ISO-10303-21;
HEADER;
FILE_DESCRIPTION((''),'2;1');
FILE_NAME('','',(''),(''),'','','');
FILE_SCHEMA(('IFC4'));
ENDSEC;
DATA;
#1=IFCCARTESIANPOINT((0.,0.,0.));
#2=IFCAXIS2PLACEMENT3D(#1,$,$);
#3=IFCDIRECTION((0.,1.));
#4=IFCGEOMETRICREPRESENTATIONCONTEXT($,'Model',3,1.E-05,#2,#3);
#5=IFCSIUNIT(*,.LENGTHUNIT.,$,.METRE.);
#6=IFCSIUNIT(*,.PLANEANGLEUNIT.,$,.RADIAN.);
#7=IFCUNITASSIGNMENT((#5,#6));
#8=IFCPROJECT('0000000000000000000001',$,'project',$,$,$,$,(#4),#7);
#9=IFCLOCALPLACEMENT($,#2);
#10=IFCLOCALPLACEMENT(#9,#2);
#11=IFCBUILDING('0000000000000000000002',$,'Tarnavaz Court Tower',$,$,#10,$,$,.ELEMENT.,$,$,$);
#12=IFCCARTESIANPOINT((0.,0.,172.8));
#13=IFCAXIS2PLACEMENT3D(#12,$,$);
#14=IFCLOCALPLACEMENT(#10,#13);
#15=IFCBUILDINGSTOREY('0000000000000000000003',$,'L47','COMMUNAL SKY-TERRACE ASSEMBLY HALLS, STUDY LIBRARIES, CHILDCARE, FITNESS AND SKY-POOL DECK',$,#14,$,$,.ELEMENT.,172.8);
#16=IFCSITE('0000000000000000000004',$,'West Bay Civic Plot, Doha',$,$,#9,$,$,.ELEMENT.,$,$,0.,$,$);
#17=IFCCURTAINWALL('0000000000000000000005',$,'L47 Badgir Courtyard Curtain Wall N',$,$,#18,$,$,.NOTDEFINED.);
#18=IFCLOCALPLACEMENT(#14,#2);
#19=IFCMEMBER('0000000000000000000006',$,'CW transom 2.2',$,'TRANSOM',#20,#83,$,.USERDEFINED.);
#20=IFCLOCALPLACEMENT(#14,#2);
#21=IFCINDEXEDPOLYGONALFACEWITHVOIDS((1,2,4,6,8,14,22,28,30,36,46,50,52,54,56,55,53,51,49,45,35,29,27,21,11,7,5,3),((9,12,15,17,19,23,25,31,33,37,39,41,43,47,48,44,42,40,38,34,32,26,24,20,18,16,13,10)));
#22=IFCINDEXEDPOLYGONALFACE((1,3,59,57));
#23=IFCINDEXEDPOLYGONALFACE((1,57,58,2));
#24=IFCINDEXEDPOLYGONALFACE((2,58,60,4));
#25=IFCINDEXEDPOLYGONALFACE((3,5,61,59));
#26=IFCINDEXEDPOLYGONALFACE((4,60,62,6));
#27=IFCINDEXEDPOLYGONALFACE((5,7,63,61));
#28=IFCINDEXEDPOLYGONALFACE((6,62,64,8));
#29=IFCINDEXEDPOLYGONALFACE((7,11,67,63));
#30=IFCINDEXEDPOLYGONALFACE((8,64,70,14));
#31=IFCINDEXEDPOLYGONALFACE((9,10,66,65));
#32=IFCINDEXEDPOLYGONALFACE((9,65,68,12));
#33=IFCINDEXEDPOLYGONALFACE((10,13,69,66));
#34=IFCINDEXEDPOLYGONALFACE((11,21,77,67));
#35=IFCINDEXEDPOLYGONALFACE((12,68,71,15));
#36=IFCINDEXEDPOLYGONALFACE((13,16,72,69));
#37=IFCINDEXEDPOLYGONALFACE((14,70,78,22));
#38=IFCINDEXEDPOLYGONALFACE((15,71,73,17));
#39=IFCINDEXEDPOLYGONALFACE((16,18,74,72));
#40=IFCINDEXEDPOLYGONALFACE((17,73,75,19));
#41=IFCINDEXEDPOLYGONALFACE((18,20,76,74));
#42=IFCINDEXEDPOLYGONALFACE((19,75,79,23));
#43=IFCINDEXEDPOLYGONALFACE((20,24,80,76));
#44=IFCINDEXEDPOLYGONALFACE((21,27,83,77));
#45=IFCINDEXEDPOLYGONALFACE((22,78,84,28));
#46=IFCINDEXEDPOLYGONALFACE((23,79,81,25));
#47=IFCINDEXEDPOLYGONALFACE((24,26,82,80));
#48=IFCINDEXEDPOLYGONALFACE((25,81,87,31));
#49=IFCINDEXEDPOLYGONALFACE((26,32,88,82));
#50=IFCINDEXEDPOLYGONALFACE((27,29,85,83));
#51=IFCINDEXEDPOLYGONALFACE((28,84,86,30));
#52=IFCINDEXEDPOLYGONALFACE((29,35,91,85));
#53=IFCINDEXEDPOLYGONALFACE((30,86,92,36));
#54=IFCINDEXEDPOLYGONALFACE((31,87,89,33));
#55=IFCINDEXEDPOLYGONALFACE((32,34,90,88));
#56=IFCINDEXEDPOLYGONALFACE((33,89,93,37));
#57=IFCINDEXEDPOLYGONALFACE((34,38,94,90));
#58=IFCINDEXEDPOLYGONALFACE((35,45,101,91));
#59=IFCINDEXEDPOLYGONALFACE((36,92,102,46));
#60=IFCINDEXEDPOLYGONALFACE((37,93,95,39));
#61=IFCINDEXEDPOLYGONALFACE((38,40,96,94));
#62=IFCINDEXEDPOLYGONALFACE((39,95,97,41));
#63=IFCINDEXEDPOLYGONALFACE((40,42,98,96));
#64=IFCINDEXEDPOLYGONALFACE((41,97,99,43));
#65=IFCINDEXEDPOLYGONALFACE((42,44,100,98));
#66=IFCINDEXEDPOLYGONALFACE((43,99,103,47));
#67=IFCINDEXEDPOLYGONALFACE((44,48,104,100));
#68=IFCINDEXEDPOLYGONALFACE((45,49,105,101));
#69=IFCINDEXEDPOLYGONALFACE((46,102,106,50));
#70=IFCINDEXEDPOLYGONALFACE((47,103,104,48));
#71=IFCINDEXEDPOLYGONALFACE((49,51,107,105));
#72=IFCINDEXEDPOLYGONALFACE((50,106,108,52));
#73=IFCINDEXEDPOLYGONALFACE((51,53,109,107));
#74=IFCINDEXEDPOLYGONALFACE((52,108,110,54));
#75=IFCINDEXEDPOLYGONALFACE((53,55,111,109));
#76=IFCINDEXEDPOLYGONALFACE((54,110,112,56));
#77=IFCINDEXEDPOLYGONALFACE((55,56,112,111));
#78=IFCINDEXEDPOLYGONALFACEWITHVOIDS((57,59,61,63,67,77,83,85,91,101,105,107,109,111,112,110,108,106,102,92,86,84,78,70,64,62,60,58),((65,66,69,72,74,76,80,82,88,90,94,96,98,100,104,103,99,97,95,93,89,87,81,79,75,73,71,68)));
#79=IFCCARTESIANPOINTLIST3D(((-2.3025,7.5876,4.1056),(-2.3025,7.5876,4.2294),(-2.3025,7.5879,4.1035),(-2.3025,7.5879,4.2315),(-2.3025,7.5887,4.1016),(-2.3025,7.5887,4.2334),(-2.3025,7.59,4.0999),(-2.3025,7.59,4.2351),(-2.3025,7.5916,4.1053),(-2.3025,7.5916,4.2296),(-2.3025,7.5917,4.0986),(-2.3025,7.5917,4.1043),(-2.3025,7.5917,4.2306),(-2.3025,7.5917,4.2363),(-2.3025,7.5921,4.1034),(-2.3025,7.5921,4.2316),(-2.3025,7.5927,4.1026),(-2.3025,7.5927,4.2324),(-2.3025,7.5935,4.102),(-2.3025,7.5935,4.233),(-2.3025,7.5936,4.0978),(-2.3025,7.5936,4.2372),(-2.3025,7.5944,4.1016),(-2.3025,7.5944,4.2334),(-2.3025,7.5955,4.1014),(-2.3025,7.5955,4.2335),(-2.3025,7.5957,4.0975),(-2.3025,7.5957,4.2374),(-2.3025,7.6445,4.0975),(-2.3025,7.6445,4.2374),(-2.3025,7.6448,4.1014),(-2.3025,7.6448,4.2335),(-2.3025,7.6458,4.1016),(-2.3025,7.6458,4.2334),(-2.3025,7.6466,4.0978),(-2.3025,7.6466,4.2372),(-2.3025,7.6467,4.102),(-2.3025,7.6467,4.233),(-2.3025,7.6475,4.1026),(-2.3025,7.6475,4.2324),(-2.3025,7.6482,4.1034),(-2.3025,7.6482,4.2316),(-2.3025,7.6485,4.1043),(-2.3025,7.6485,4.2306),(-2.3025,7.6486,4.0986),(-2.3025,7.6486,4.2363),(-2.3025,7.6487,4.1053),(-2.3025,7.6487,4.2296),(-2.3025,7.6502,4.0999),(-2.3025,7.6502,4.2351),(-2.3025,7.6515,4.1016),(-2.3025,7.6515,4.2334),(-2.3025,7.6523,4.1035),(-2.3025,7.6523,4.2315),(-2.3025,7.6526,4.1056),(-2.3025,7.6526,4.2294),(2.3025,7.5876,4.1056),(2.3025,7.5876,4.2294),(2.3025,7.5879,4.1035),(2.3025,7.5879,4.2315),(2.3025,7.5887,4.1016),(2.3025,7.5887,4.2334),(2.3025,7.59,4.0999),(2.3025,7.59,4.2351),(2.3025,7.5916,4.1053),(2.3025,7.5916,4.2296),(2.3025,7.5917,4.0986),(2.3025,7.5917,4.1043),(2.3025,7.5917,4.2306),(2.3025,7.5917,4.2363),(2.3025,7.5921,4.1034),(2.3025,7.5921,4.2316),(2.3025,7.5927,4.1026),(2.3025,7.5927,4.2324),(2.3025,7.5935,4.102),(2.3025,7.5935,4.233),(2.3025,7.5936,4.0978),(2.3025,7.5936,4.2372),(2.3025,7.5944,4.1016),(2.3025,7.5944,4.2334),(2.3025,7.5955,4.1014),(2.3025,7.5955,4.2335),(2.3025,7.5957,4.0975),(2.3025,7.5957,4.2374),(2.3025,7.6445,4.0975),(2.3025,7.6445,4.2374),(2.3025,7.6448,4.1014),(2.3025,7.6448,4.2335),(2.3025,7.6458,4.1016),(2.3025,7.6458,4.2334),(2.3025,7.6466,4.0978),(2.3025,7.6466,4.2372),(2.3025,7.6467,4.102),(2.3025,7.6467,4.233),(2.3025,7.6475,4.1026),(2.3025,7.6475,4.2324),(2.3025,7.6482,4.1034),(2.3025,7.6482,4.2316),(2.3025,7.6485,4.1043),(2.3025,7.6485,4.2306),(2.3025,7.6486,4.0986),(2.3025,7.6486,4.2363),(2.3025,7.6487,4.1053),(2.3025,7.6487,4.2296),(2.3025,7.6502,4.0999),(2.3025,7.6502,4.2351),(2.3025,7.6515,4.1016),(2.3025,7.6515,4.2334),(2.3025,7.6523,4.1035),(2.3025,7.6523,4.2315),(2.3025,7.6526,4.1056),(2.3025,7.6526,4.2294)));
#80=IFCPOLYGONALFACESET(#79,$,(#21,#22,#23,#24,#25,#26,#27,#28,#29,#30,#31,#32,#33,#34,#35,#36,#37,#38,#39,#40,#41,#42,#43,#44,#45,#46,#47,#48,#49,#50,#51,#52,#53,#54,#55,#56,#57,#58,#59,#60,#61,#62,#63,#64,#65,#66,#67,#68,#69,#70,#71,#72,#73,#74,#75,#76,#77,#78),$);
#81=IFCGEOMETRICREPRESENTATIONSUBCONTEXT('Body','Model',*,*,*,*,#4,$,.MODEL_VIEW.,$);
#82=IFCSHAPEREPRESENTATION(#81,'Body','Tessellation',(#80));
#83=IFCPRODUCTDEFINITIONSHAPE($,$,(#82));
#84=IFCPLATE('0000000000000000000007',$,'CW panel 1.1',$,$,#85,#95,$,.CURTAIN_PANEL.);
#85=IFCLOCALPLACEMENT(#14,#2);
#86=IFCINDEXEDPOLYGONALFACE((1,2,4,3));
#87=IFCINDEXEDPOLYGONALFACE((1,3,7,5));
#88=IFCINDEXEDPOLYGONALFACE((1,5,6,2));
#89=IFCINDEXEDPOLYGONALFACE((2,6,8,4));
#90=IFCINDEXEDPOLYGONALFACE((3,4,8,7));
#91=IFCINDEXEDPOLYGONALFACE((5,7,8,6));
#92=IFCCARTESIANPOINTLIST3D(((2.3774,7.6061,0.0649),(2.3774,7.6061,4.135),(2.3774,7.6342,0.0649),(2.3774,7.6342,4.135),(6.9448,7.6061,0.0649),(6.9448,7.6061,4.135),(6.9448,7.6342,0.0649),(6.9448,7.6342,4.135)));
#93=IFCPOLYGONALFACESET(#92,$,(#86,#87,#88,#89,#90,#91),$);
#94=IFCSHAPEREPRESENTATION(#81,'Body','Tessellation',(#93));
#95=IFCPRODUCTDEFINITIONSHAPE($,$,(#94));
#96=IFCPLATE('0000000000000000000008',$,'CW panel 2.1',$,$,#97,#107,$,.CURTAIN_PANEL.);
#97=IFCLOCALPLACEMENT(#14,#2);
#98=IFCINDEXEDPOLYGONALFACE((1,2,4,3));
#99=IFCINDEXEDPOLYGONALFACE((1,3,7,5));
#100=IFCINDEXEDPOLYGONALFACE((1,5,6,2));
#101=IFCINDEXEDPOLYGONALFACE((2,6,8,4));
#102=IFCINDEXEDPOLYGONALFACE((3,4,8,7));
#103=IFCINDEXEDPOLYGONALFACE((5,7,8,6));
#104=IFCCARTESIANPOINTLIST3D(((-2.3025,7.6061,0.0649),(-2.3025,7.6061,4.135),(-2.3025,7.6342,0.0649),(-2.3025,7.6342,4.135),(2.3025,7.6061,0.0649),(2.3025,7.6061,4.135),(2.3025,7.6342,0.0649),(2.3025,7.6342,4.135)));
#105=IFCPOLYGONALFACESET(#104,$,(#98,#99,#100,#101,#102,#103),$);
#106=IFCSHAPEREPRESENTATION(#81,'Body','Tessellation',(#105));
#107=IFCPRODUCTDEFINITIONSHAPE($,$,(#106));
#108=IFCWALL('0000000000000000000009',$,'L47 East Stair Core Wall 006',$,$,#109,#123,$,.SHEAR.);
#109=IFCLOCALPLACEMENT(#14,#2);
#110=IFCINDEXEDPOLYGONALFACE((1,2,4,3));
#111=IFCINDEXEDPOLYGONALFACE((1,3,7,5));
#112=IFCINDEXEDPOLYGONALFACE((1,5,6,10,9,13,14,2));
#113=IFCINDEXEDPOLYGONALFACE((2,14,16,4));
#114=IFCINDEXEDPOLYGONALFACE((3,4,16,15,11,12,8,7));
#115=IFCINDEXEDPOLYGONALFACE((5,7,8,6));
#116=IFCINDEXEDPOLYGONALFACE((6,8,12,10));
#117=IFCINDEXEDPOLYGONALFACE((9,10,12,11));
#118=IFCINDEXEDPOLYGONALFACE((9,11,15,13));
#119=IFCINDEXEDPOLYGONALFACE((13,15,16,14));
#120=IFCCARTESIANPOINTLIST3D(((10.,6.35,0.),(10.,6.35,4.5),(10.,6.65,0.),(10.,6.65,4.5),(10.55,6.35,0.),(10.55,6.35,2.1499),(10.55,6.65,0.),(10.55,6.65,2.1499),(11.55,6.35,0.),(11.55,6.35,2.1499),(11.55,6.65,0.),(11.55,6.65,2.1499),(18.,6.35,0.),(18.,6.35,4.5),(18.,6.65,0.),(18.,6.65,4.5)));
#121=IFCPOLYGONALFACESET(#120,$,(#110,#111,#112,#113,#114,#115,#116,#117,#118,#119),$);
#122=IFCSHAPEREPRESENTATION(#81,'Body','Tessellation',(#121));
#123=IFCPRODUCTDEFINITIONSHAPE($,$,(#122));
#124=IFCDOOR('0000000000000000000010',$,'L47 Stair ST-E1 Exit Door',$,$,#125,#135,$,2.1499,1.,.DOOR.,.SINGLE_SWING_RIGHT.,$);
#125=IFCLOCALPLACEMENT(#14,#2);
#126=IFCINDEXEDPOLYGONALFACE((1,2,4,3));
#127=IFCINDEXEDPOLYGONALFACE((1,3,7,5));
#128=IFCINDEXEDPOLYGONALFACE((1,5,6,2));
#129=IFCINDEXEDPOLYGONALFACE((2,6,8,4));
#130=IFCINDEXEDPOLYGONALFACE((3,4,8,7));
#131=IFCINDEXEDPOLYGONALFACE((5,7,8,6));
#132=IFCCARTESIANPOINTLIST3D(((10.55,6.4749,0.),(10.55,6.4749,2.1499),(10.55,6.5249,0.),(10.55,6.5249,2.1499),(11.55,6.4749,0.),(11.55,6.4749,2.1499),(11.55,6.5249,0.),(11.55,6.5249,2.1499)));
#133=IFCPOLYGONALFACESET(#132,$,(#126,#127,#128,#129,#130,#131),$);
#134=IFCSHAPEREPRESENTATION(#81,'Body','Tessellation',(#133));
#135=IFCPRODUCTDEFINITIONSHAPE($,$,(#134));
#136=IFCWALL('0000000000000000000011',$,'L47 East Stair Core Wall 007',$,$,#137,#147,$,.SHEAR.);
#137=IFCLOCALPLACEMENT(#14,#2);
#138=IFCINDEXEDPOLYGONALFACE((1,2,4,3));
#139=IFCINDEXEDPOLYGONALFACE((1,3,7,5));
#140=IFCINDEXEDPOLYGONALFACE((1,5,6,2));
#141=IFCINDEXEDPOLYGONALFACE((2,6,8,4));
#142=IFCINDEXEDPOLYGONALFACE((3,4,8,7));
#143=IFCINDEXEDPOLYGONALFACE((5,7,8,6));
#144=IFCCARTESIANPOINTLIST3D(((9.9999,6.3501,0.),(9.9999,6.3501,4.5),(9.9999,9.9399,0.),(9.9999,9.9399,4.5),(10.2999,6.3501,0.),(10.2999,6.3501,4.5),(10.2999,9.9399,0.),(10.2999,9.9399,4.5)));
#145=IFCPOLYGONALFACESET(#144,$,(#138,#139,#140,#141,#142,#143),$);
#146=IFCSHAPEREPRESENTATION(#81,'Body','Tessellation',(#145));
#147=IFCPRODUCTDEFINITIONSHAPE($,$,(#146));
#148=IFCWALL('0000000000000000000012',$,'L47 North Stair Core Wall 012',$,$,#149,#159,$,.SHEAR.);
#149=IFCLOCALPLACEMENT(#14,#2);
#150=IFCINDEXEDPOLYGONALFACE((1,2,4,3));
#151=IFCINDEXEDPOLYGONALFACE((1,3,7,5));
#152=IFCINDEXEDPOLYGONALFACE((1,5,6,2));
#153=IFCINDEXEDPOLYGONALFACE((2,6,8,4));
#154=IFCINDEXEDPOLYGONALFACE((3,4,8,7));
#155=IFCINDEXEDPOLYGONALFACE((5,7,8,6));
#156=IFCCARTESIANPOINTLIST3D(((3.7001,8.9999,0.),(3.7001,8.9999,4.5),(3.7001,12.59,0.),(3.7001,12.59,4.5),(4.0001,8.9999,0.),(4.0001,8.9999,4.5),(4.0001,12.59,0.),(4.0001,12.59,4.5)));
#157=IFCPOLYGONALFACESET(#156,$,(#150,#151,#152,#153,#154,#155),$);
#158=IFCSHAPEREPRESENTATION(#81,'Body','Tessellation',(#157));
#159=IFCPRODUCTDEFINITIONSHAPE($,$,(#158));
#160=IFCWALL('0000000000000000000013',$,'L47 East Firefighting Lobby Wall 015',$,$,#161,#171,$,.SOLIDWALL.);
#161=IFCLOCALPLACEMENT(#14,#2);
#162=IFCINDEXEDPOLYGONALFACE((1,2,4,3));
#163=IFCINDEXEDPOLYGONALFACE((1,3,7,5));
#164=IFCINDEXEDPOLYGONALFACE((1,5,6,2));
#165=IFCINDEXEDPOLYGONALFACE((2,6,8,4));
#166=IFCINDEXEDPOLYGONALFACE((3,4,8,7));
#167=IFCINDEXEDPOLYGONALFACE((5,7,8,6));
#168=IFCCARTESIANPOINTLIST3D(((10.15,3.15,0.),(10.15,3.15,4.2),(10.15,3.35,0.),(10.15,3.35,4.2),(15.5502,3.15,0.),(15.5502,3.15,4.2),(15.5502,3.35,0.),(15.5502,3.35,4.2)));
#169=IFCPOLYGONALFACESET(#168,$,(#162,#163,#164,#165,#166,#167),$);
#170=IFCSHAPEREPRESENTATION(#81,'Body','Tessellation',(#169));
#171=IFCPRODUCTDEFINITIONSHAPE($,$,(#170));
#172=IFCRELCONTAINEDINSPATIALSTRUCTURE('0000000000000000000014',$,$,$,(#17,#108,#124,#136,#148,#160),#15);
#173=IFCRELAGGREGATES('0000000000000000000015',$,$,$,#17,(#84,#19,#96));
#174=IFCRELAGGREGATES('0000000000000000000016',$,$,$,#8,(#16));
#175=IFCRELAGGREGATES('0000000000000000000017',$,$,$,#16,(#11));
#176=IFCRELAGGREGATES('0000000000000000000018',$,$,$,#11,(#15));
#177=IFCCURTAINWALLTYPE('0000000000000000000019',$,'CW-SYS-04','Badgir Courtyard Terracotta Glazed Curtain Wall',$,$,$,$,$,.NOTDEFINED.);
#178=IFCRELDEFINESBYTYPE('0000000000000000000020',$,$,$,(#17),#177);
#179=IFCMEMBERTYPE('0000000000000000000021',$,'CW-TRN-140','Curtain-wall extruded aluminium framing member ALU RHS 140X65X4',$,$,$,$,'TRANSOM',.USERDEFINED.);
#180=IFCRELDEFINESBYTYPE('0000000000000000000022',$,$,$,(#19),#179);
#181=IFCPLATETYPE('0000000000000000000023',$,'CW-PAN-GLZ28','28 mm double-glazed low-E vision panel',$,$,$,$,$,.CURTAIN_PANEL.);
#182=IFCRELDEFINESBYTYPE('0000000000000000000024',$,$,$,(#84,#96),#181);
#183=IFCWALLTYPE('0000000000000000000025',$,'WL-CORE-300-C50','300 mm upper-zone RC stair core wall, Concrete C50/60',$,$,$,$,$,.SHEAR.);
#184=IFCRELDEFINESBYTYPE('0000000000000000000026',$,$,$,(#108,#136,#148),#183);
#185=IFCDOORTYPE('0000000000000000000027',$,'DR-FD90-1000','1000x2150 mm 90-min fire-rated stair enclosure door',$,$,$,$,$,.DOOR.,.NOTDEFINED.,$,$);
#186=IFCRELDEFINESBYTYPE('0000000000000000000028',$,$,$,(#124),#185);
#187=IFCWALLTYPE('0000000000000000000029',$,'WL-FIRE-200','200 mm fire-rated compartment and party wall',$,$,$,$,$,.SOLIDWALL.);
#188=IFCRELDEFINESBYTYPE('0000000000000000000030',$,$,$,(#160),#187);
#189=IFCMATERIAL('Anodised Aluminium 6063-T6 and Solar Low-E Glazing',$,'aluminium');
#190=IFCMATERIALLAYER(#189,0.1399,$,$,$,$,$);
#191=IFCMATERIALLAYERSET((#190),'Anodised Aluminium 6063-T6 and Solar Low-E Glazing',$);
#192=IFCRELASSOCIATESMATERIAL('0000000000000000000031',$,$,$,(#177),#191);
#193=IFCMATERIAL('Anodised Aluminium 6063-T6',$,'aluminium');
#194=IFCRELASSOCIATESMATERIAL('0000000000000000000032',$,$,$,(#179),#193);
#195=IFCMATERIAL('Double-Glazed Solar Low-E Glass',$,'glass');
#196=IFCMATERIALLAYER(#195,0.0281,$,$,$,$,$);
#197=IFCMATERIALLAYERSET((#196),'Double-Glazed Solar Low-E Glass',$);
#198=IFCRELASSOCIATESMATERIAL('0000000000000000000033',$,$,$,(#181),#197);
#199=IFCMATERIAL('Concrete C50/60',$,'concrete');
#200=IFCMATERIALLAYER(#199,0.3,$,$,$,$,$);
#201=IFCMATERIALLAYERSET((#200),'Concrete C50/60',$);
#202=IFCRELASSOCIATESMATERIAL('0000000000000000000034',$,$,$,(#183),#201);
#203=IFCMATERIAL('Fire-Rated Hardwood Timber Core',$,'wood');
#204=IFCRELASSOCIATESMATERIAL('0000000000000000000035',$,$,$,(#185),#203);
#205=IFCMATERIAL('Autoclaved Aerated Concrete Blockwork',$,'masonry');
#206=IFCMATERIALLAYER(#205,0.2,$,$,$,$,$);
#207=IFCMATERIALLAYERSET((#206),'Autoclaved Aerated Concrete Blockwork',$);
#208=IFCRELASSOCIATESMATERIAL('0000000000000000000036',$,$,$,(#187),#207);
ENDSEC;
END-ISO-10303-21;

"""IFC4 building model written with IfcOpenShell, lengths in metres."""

from ifc_helpers import new_model, si_unit, direction, frame, frame_2d, origin, origin_2d, place, context, subcontext, project, spatial, rectangle, hollow_rectangle, extrude, material, layer, layer_set, material_profile, profile_set, type_object, element, fill, aggregate, save


model = new_model("IFC4")

# Units and contexts
model_context = context("Model", 3, precision=1e-05, world=origin(), true_north=direction((0.0, 1.0)))
body_context = subcontext(model_context, "Body", "Model", "MODEL_VIEW")
ifc_project = project(units=[si_unit("LENGTHUNIT", "METRE"), si_unit("PLANEANGLEUNIT", "RADIAN")], contexts=[model_context])

# Site, building, storey
site_placement = place(None, origin())
site = spatial("IfcSite", under=ifc_project, at=site_placement, Name="West Bay Civic Plot, Doha", CompositionType="ELEMENT", RefElevation=0.0)
building_placement = place(site_placement, origin())
building = spatial("IfcBuilding", under=site, at=building_placement, Name="Tarnavaz Court Tower", CompositionType="ELEMENT")
storey_placement = place(building_placement, frame((0.0, 0.0, 172.8)))
storey = spatial("IfcBuildingStorey", under=building, at=storey_placement, Name="L47", Description="COMMUNAL SKY-TERRACE ASSEMBLY HALLS, STUDY LIBRARIES, CHILDCARE, FITNESS AND SKY-POOL DECK", CompositionType="ELEMENT", Elevation=172.8)

# Curtain wall, member, plates
ifc_material_1 = material(Name="Anodised Aluminium 6063-T6 and Solar Low-E Glazing", Category="aluminium")
ifc_layer_1 = layer(ifc_material_1, 0.1399)
ifc_layer_set_1 = layer_set([ifc_layer_1], Name="Anodised Aluminium 6063-T6 and Solar Low-E Glazing")
curtain_wall_type = type_object("IfcCurtainWallType", Name="CW-SYS-04", Description="Badgir Courtyard Terracotta Glazed Curtain Wall", PredefinedType="NOTDEFINED", material=ifc_layer_set_1)
curtain_wall_placement = place(storey_placement, origin())
curtain_wall = element("IfcCurtainWall", 1, at=curtain_wall_placement, inside=storey, type_object=curtain_wall_type, Name="L47 Badgir Courtyard Curtain Wall N", PredefinedType="NOTDEFINED")
ifc_material_2 = material(Name="Anodised Aluminium 6063-T6", Category="aluminium")
ifc_material_profile_1 = material_profile(ifc_material_2, hollow_rectangle(XDim=0.0649, YDim=0.1399, WallThickness=0.0039, InnerFilletRadius=0.0039, OuterFilletRadius=0.0081, at=origin_2d()), Name="ALU RHS 140X65X4")
ifc_profile_set_1 = profile_set([ifc_material_profile_1], Name="Anodised Aluminium 6063-T6")
member_type_1 = type_object("IfcMemberType", Name="CW-TRN-140", Description="Curtain-wall extruded aluminium framing member ALU RHS 140X65X4", ElementType="TRANSOM", PredefinedType="USERDEFINED", material=ifc_profile_set_1)
member_1_placement = place(storey_placement, frame((2.3025, 7.6201, 4.1675), z_axis=(-1.0, 0.0, 0.0), x_axis=(0.0, -1.0, 0.0)))
member_1 = element("IfcMember", 2, at=member_1_placement, type_object=member_type_1, Name="CW transom 2.2", ObjectType="TRANSOM", PredefinedType="USERDEFINED", context=body_context, shape_type="SweptSolid", body=[
    extrude(hollow_rectangle(XDim=0.0649, YDim=0.1399, WallThickness=0.0039, InnerFilletRadius=0.0039, OuterFilletRadius=0.0081, at=origin_2d()), origin(), (0.0, 0.0, 1.0), 4.605),
])
ifc_material_3 = material(Name="Double-Glazed Solar Low-E Glass", Category="glass")
ifc_layer_2 = layer(ifc_material_3, 0.0281)
ifc_layer_set_2 = layer_set([ifc_layer_2], Name="Double-Glazed Solar Low-E Glass")
plate_type = type_object("IfcPlateType", Name="CW-PAN-GLZ28", Description="28 mm double-glazed low-E vision panel", PredefinedType="CURTAIN_PANEL", material=ifc_layer_set_2)
plate_1_placement = place(storey_placement, frame((4.6611, 7.6201, 0.0649), z_axis=(0.0, 0.0, 1.0), x_axis=(-1.0, 0.0, 0.0)))
plate_1 = element("IfcPlate", 3, at=plate_1_placement, type_object=plate_type, Name="CW panel 1.1", PredefinedType="CURTAIN_PANEL", context=body_context, shape_type="SweptSolid", body=[
    extrude(rectangle(XDim=4.5674, YDim=0.0281, at=origin_2d()), origin(), (0.0, 0.0, 1.0), 4.0701),
])
plate_2_placement = place(storey_placement, frame((0.0, 7.6201, 0.0649), z_axis=(0.0, 0.0, 1.0), x_axis=(-1.0, 0.0, 0.0)))
plate_2 = element("IfcPlate", 4, at=plate_2_placement, type_object=plate_type, Name="CW panel 2.1", PredefinedType="CURTAIN_PANEL", context=body_context, shape_type="SweptSolid", body=[
    extrude(rectangle(XDim=4.605, YDim=0.0281, at=origin_2d()), origin(), (0.0, 0.0, 1.0), 4.0701),
])
aggregate(curtain_wall, [plate_1, member_1, plate_2])

# Wall, opening, door
ifc_material_4 = material(Name="Concrete C50/60", Category="concrete")
ifc_layer_3 = layer(ifc_material_4, 0.3)
ifc_layer_set_3 = layer_set([ifc_layer_3], Name="Concrete C50/60")
wall_type_1 = type_object("IfcWallType", Name="WL-CORE-300-C50", Description="300 mm upper-zone RC stair core wall, Concrete C50/60", PredefinedType="SHEAR", material=ifc_layer_set_3)
wall_1_placement = place(storey_placement, frame((10.0, 6.5, 0.0), z_axis=(0.0, 0.0, 1.0), x_axis=(1.0, 0.0, 0.0)))
wall_1 = element("IfcWall", 5, at=wall_1_placement, inside=storey, type_object=wall_type_1, Name="L47 East Stair Core Wall 006", PredefinedType="SHEAR", context=body_context, shape_type="SweptSolid", body=[
    extrude(rectangle(XDim=8.0, YDim=0.3, at=frame_2d((4.0, 0.0))), origin(), (0.0, 0.0, 1.0), 4.5),
])
opening_1_placement = place(wall_1_placement, frame((0.55, 0.0, 0.0)))
opening_1 = element("IfcOpeningElement", 6, at=opening_1_placement, cuts=wall_1, PredefinedType="OPENING", context=body_context, shape_type="SweptSolid", body=[
    extrude(rectangle(XDim=1.0, YDim=2.1499, at=frame_2d((0.5, 1.075))), frame((0.0, 0.1599, 0.0), z_axis=(0.0, -1.0, 0.0), x_axis=(1.0, 0.0, 0.0)), (0.0, 0.0, 1.0), 0.3201),
])
ifc_material_5 = material(Name="Fire-Rated Hardwood Timber Core", Category="wood")
door_type_1 = type_object("IfcDoorType", Name="DR-FD90-1000", Description="1000x2150 mm 90-min fire-rated stair enclosure door", OperationType="NOTDEFINED", PredefinedType="DOOR", material=ifc_material_5)
door_1_placement = place(opening_1_placement, origin())
door_1 = element("IfcDoor", 7, at=door_1_placement, inside=storey, type_object=door_type_1, Name="L47 Stair ST-E1 Exit Door", OperationType="SINGLE_SWING_RIGHT", OverallHeight=2.1499, OverallWidth=1.0, PredefinedType="DOOR", context=body_context, shape_type="SweptSolid", body=[
    extrude(rectangle(XDim=1.0, YDim=2.1499, at=frame_2d((0.5, 1.075))), frame((0.0, 0.0249, 0.0), z_axis=(0.0, -1.0, 0.0), x_axis=(1.0, 0.0, 0.0)), (0.0, 0.0, 1.0), 0.05),
])
fill(opening_1, door_1)

# Walls
wall_2_placement = place(storey_placement, frame((10.1499, 6.3501, 0.0), z_axis=(0.0, 0.0, 1.0), x_axis=(0.0, 1.0, 0.0)))
element("IfcWall", 8, at=wall_2_placement, inside=storey, type_object=wall_type_1, Name="L47 East Stair Core Wall 007", PredefinedType="SHEAR", context=body_context, shape_type="SweptSolid", body=[
    extrude(rectangle(XDim=3.5898, YDim=0.3, at=frame_2d((1.7949, 0.0))), origin(), (0.0, 0.0, 1.0), 4.5),
])
wall_3_placement = place(storey_placement, frame((3.8501, 9.0, 0.0), z_axis=(0.0, 0.0, 1.0), x_axis=(0.0, 1.0, 0.0)))
element("IfcWall", 9, at=wall_3_placement, inside=storey, type_object=wall_type_1, Name="L47 North Stair Core Wall 012", PredefinedType="SHEAR", context=body_context, shape_type="SweptSolid", body=[
    extrude(rectangle(XDim=3.5901, YDim=0.3, at=frame_2d((1.7949, 0.0))), origin(), (0.0, 0.0, 1.0), 4.5),
])
ifc_material_6 = material(Name="Autoclaved Aerated Concrete Blockwork", Category="masonry")
ifc_layer_4 = layer(ifc_material_6, 0.2)
ifc_layer_set_4 = layer_set([ifc_layer_4], Name="Autoclaved Aerated Concrete Blockwork")
wall_type_2 = type_object("IfcWallType", Name="WL-FIRE-200", Description="200 mm fire-rated compartment and party wall", PredefinedType="SOLIDWALL", material=ifc_layer_set_4)
wall_4_placement = place(storey_placement, frame((10.1499, 3.25, 0.0), z_axis=(0.0, 0.0, 1.0), x_axis=(1.0, 0.0, 0.0)))
element("IfcWall", 10, at=wall_4_placement, inside=storey, type_object=wall_type_2, Name="L47 East Firefighting Lobby Wall 015", PredefinedType="SOLIDWALL", context=body_context, shape_type="SweptSolid", body=[
    extrude(rectangle(XDim=5.4001, YDim=0.2, at=frame_2d((2.7002, 0.0))), origin(), (0.0, 0.0, 1.0), 4.2),
])

save(model, "model.ifc")
